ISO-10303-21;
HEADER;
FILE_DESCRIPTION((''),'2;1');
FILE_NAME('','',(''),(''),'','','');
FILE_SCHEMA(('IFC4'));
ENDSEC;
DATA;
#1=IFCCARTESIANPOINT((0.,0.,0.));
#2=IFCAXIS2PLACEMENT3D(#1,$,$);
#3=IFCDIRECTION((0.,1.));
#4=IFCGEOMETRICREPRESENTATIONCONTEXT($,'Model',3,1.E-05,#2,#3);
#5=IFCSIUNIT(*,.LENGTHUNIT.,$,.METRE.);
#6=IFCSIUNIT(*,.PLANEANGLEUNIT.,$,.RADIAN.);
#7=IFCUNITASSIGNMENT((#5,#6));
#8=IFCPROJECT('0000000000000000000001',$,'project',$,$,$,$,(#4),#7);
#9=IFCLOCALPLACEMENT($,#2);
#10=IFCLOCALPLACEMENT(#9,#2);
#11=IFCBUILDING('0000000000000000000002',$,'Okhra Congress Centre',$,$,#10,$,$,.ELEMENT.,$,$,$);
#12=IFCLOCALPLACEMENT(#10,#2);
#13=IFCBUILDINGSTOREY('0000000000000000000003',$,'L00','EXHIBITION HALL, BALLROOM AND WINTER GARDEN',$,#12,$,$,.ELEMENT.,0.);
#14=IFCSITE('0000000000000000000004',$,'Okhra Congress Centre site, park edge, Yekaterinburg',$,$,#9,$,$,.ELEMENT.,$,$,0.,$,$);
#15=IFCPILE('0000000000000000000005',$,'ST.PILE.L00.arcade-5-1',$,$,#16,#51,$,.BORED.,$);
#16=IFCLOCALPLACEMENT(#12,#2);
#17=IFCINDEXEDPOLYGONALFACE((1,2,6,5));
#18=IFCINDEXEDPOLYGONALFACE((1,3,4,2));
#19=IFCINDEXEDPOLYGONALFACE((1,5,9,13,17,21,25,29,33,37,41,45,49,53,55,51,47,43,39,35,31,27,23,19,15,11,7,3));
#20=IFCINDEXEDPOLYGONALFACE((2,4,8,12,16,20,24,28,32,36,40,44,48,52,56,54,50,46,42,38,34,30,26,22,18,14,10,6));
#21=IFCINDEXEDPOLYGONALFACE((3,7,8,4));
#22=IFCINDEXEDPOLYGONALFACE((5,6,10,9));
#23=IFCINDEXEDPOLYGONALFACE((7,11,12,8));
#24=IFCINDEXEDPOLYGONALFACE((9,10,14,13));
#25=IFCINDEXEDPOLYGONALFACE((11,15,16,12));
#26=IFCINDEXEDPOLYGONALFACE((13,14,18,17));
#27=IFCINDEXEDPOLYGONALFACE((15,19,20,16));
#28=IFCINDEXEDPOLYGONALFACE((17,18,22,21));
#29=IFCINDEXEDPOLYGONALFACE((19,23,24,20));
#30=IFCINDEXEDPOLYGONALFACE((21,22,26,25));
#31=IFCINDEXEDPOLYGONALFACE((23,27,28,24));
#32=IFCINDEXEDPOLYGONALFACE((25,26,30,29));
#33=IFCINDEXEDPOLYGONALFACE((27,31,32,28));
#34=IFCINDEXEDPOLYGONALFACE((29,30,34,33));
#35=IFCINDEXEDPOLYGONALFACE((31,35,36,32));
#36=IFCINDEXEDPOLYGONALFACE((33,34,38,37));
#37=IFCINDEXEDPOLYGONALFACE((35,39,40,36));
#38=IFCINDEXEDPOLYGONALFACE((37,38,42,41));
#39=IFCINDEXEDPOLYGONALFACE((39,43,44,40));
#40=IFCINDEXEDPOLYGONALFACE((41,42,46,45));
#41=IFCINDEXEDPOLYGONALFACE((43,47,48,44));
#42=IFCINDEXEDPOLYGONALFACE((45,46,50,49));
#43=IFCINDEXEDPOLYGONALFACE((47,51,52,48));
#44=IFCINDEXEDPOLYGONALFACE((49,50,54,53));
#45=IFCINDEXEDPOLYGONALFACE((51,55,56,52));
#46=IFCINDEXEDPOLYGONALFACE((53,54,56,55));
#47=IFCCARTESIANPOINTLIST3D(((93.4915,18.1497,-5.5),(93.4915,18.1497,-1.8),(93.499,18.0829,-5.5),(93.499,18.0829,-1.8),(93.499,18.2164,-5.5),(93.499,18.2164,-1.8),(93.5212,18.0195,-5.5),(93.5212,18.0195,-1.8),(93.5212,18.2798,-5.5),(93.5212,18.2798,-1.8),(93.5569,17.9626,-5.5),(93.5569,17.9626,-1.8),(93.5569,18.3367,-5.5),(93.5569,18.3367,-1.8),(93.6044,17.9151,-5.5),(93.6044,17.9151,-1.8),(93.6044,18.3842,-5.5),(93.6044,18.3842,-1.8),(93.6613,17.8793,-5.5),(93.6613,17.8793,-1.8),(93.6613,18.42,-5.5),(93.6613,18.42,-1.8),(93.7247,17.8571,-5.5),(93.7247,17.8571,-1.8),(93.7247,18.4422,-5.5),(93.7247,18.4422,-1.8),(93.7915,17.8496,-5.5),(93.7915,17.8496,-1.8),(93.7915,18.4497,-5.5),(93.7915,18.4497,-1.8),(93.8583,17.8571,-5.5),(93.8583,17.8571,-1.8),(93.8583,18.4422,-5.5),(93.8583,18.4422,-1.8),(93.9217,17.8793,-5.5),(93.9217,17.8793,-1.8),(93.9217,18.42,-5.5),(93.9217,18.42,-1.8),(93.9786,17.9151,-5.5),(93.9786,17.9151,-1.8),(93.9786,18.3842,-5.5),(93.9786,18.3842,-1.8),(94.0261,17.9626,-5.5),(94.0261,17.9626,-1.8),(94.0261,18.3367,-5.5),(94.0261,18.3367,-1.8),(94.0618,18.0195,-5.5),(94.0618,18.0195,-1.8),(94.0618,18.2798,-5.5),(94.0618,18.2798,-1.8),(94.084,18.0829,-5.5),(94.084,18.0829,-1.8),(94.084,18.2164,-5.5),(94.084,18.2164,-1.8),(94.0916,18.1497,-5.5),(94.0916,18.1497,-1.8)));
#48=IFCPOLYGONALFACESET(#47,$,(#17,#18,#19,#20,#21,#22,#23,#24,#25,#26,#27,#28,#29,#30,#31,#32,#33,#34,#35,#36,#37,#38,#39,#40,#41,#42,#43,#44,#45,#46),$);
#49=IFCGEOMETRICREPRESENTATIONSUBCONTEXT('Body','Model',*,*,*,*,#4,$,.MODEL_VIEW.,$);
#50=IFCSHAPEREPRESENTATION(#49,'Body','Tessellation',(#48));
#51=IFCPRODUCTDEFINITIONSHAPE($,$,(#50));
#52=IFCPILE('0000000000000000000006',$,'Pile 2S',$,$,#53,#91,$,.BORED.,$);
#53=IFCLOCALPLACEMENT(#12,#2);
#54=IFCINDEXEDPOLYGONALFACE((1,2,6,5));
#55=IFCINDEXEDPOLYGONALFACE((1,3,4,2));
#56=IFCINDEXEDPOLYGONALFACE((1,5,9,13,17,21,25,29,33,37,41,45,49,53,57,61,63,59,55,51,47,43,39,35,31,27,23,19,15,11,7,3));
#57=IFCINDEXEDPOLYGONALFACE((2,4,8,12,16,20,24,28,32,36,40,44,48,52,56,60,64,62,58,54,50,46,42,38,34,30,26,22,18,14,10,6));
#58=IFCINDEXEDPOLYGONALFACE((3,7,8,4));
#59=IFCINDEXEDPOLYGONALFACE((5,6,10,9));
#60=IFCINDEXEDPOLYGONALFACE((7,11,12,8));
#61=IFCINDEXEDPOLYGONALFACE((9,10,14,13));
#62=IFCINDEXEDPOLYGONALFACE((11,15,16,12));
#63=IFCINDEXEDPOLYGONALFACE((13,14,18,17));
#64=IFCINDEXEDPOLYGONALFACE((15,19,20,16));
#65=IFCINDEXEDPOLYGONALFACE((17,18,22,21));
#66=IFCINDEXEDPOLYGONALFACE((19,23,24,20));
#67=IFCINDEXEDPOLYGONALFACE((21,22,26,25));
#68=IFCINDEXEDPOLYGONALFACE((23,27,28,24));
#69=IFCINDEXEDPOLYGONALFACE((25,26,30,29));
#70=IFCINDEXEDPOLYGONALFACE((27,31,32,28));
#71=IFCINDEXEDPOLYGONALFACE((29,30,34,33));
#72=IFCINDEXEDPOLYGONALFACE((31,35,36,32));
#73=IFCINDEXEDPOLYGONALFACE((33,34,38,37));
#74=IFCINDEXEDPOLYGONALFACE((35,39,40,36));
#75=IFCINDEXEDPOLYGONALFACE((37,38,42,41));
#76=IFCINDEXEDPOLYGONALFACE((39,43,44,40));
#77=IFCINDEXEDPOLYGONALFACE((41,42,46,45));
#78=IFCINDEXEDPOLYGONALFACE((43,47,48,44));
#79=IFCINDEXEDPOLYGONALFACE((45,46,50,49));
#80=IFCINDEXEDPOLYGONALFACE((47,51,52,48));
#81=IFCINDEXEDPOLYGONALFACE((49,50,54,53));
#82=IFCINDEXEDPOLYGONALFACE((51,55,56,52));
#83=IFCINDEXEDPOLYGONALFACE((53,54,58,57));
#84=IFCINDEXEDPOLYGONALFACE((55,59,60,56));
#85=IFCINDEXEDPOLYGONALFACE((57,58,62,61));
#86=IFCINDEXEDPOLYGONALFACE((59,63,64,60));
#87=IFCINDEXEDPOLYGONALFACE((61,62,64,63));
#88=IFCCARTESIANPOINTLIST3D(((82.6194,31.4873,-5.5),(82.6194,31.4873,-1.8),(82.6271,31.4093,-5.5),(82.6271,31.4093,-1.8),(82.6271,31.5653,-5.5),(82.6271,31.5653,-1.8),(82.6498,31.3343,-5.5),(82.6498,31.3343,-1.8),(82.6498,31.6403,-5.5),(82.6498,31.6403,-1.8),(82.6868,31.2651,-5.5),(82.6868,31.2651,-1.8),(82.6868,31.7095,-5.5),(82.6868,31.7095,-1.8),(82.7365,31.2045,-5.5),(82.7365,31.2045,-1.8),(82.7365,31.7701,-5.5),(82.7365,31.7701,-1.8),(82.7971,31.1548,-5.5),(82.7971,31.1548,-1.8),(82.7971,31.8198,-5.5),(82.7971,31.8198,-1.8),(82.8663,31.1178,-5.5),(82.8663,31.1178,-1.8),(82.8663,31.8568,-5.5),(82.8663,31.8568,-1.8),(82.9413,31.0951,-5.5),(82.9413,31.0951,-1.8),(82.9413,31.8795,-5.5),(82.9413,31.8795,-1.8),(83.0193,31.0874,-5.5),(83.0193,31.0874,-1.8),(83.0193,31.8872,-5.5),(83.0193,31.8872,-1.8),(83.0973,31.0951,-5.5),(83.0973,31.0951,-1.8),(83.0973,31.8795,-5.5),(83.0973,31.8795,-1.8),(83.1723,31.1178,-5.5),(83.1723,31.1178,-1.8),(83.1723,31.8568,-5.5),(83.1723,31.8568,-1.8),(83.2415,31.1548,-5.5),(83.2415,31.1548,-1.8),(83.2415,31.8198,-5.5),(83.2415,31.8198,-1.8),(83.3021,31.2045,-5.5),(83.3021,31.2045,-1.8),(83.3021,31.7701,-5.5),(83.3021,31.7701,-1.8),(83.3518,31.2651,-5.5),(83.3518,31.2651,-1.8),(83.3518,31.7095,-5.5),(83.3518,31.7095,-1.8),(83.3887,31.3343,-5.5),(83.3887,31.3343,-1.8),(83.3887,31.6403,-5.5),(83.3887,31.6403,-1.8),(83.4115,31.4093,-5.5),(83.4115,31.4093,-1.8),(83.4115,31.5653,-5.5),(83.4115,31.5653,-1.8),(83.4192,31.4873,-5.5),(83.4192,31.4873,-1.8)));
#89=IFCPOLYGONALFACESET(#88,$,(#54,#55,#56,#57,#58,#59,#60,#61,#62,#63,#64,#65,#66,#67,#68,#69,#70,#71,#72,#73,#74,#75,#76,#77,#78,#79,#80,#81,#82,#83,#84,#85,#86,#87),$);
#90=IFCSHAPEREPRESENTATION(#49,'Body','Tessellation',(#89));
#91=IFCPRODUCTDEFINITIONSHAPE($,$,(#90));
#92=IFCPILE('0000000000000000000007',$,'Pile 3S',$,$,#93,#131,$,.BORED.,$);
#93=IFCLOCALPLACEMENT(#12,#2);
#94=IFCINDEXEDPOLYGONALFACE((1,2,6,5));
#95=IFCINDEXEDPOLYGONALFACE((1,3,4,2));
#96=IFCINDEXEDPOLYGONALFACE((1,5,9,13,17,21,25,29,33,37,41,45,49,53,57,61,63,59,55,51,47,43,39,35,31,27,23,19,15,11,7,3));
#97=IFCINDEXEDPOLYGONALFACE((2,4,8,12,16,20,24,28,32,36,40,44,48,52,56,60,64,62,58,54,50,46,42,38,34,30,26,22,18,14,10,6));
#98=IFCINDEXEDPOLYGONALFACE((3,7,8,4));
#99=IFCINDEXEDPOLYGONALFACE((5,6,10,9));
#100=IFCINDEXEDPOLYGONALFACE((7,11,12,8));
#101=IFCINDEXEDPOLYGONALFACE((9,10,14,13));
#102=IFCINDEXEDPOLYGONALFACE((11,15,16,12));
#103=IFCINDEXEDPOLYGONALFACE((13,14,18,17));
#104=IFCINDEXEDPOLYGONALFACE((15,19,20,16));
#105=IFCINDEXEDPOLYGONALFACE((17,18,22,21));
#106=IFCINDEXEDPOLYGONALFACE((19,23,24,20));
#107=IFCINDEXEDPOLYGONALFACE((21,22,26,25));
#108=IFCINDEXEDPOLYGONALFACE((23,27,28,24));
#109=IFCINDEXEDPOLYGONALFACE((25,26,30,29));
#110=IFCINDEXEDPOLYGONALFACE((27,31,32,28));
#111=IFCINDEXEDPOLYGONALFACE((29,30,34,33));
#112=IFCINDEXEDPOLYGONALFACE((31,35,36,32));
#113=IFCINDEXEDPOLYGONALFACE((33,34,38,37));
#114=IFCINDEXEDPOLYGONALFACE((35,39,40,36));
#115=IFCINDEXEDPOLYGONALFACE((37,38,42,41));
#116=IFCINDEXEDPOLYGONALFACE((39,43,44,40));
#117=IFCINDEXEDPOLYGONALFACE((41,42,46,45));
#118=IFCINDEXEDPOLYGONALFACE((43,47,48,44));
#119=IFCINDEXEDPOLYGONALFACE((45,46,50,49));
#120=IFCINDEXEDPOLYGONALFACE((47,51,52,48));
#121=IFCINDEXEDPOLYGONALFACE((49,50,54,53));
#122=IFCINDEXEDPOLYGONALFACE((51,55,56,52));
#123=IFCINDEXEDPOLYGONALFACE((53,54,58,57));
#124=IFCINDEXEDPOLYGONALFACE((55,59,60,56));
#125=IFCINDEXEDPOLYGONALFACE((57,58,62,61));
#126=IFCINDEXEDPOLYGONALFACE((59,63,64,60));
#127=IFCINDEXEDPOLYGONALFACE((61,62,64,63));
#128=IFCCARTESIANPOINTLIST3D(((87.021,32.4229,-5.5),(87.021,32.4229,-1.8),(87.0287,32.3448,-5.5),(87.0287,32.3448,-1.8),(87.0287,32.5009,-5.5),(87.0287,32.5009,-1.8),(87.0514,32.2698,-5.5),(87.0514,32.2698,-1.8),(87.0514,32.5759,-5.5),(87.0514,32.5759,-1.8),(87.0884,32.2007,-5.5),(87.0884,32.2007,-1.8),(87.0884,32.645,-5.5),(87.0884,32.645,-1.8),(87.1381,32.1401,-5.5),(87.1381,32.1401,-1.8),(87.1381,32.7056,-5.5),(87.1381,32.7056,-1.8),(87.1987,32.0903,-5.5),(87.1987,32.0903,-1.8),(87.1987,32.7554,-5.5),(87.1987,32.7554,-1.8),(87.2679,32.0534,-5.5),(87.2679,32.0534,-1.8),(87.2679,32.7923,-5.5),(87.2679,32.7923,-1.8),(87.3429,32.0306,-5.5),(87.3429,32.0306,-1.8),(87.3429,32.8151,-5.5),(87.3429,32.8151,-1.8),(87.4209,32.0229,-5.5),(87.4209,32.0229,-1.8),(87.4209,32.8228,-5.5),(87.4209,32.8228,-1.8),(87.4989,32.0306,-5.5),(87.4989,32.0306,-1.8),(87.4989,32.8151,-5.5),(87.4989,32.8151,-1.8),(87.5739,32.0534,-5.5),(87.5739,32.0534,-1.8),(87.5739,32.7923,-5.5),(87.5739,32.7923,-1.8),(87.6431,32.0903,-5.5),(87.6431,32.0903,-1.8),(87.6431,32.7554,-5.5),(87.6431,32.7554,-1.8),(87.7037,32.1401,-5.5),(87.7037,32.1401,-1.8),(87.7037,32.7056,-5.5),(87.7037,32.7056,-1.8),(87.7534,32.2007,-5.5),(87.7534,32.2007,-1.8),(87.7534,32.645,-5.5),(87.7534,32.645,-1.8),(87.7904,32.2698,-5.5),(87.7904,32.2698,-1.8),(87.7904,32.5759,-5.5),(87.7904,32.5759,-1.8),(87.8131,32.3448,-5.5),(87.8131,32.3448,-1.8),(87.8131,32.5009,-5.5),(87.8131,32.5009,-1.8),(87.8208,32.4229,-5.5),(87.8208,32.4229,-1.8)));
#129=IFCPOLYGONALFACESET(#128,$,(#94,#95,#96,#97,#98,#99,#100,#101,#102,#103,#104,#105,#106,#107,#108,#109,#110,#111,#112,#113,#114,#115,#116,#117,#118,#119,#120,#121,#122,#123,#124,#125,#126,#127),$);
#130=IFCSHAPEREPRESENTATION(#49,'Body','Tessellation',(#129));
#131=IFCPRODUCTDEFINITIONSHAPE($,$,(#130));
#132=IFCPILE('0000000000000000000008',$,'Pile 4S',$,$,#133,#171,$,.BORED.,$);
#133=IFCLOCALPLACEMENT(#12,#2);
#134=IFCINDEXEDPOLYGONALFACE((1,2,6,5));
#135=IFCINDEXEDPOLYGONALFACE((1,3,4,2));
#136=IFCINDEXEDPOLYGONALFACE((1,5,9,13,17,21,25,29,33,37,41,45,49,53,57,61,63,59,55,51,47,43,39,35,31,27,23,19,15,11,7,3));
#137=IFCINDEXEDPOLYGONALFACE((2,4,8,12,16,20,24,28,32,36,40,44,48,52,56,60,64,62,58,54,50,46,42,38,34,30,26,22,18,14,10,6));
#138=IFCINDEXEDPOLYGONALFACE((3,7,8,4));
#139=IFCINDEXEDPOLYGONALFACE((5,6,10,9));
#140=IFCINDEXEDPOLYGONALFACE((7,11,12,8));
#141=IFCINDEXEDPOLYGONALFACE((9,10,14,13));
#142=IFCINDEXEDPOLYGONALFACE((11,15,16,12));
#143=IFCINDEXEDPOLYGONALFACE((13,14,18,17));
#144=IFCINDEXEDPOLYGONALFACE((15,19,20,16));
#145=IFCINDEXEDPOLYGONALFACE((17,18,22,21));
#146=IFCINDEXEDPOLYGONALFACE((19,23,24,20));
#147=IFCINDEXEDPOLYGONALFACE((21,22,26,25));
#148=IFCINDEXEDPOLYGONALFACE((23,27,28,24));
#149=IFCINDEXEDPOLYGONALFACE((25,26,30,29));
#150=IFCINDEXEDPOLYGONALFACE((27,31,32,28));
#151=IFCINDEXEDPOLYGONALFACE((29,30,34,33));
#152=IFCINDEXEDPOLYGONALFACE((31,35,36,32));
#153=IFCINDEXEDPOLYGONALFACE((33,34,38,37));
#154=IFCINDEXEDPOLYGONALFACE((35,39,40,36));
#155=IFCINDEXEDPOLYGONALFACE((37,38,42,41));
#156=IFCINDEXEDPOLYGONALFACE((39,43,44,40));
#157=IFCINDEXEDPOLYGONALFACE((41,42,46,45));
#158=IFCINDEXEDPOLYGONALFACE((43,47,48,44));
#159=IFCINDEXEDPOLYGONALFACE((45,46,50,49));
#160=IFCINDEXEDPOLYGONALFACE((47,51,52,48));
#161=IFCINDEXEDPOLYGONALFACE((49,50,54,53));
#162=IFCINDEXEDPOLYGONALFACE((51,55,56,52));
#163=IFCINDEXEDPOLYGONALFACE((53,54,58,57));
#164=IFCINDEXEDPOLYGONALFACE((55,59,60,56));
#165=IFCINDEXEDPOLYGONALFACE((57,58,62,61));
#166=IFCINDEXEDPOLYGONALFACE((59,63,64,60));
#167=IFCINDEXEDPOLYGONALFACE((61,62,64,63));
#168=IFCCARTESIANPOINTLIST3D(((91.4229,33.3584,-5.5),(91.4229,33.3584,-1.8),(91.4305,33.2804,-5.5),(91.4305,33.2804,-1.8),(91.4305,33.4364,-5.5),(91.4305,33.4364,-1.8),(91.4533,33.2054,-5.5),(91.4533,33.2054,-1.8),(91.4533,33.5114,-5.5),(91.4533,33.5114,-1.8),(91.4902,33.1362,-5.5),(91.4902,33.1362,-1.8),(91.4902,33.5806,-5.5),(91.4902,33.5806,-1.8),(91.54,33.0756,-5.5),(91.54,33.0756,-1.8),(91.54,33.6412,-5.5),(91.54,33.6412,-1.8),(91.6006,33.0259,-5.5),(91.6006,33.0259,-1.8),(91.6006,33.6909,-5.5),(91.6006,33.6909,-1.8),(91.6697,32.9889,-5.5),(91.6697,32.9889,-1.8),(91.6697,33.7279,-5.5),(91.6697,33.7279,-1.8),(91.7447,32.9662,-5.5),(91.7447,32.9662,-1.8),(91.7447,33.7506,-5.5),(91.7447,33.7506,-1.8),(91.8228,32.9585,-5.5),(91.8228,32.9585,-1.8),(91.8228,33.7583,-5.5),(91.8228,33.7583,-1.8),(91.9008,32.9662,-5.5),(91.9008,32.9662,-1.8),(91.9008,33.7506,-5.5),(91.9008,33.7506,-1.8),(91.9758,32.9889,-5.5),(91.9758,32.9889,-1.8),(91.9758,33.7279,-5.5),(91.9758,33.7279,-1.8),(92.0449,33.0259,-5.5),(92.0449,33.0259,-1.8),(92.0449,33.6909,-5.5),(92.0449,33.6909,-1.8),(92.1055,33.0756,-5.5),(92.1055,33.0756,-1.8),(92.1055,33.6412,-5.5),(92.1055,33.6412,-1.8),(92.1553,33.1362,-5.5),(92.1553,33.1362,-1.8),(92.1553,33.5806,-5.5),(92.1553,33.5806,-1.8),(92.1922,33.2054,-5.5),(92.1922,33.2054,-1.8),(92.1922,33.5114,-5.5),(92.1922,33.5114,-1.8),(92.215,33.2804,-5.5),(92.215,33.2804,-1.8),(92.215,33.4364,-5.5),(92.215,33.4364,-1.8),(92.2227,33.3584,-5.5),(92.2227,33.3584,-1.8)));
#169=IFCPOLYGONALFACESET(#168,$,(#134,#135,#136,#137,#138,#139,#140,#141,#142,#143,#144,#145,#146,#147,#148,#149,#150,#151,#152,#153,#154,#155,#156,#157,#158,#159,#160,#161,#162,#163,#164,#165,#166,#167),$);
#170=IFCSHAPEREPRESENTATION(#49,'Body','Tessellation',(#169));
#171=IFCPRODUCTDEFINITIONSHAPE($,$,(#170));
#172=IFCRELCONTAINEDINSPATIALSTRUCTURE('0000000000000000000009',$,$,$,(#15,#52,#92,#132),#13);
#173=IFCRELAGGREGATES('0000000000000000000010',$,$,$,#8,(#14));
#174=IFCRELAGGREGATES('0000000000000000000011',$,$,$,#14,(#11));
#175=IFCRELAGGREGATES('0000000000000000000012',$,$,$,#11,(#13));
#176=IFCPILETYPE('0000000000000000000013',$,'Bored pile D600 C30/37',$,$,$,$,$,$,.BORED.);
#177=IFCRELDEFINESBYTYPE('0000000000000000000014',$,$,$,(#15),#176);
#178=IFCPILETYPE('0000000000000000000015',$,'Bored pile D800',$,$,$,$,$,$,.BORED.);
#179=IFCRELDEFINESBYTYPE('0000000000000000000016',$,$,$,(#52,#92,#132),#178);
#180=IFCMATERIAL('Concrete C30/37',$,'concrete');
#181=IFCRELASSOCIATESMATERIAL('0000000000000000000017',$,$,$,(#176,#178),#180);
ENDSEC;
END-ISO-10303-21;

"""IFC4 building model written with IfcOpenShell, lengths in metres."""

from ifc_helpers import new_model, si_unit, direction, frame, origin, origin_2d, place, context, subcontext, project, spatial, circle, extrude, material, material_profile, profile_set, type_object, element, save


model = new_model("IFC4")

# Units and contexts
model_context = context("Model", 3, precision=1e-05, world=origin(), true_north=direction((0.0, 1.0)))
body_context = subcontext(model_context, "Body", "Model", "MODEL_VIEW")
ifc_project = project(units=[si_unit("LENGTHUNIT", "METRE"), si_unit("PLANEANGLEUNIT", "RADIAN")], contexts=[model_context])

# Site, building, storey
site_placement = place(None, origin())
site = spatial("IfcSite", under=ifc_project, at=site_placement, Name="Okhra Congress Centre site, park edge, Yekaterinburg", CompositionType="ELEMENT", RefElevation=0.0)
building_placement = place(site_placement, origin())
building = spatial("IfcBuilding", under=site, at=building_placement, Name="Okhra Congress Centre", CompositionType="ELEMENT")
storey_placement = place(building_placement, origin())
storey = spatial("IfcBuildingStorey", under=building, at=storey_placement, Name="L00", Description="EXHIBITION HALL, BALLROOM AND WINTER GARDEN", CompositionType="ELEMENT", Elevation=0.0)

# Piles
ifc_material_1 = material(Name="Concrete C30/37", Category="concrete")
ifc_material_profile_1 = material_profile(ifc_material_1, circle(Radius=0.3, at=origin_2d()), Name="D600")
ifc_profile_set_1 = profile_set([ifc_material_profile_1], Name="Concrete C30/37")
pile_type_1 = type_object("IfcPileType", Name="Bored pile D600 C30/37", PredefinedType="BORED", material=ifc_profile_set_1)
pile_1_placement = place(storey_placement, frame((93.7915, 18.1497, -1.8), z_axis=(0.0, 0.0, -1.0), x_axis=(1.0, 0.0, 0.0)))
element("IfcPile", 1, at=pile_1_placement, inside=storey, type_object=pile_type_1, Name="ST.PILE.L00.arcade-5-1", PredefinedType="BORED", context=body_context, shape_type="SweptSolid", body=[
    extrude(circle(Radius=0.3, at=origin_2d()), origin(), (0.0, 0.0, 1.0), 3.7),
])
ifc_material_profile_2 = material_profile(ifc_material_1, circle(Radius=0.3999, at=origin_2d()), Name="D800")
ifc_profile_set_2 = profile_set([ifc_material_profile_2], Name="Concrete C30/37")
pile_type_2 = type_object("IfcPileType", Name="Bored pile D800", PredefinedType="BORED", material=ifc_profile_set_2)
for number, where, z_axis, x_axis, name in (
    (2, (83.0193, 31.4873, -1.8), (0.0, 0.0, -1.0), (1.0, 0.0, 0.0), "Pile 2S"),
    (3, (87.4209, 32.4229, -1.8), (0.0, 0.0, -1.0), (1.0, 0.0, 0.0), "Pile 3S"),
    (4, (91.8228, 33.3584, -1.8), (0.0, 0.0, -1.0), (1.0, 0.0, 0.0), "Pile 4S"),
):
    element("IfcPile", number, at=place(storey_placement, frame(where, z_axis=z_axis, x_axis=x_axis)), inside=storey, type_object=pile_type_2, Name=name, PredefinedType="BORED", context=body_context, shape_type="SweptSolid", body=[
        extrude(circle(Radius=0.3999, at=origin_2d()), origin(), (0.0, 0.0, 1.0), 3.7),
    ])

save(model, "model.ifc")
